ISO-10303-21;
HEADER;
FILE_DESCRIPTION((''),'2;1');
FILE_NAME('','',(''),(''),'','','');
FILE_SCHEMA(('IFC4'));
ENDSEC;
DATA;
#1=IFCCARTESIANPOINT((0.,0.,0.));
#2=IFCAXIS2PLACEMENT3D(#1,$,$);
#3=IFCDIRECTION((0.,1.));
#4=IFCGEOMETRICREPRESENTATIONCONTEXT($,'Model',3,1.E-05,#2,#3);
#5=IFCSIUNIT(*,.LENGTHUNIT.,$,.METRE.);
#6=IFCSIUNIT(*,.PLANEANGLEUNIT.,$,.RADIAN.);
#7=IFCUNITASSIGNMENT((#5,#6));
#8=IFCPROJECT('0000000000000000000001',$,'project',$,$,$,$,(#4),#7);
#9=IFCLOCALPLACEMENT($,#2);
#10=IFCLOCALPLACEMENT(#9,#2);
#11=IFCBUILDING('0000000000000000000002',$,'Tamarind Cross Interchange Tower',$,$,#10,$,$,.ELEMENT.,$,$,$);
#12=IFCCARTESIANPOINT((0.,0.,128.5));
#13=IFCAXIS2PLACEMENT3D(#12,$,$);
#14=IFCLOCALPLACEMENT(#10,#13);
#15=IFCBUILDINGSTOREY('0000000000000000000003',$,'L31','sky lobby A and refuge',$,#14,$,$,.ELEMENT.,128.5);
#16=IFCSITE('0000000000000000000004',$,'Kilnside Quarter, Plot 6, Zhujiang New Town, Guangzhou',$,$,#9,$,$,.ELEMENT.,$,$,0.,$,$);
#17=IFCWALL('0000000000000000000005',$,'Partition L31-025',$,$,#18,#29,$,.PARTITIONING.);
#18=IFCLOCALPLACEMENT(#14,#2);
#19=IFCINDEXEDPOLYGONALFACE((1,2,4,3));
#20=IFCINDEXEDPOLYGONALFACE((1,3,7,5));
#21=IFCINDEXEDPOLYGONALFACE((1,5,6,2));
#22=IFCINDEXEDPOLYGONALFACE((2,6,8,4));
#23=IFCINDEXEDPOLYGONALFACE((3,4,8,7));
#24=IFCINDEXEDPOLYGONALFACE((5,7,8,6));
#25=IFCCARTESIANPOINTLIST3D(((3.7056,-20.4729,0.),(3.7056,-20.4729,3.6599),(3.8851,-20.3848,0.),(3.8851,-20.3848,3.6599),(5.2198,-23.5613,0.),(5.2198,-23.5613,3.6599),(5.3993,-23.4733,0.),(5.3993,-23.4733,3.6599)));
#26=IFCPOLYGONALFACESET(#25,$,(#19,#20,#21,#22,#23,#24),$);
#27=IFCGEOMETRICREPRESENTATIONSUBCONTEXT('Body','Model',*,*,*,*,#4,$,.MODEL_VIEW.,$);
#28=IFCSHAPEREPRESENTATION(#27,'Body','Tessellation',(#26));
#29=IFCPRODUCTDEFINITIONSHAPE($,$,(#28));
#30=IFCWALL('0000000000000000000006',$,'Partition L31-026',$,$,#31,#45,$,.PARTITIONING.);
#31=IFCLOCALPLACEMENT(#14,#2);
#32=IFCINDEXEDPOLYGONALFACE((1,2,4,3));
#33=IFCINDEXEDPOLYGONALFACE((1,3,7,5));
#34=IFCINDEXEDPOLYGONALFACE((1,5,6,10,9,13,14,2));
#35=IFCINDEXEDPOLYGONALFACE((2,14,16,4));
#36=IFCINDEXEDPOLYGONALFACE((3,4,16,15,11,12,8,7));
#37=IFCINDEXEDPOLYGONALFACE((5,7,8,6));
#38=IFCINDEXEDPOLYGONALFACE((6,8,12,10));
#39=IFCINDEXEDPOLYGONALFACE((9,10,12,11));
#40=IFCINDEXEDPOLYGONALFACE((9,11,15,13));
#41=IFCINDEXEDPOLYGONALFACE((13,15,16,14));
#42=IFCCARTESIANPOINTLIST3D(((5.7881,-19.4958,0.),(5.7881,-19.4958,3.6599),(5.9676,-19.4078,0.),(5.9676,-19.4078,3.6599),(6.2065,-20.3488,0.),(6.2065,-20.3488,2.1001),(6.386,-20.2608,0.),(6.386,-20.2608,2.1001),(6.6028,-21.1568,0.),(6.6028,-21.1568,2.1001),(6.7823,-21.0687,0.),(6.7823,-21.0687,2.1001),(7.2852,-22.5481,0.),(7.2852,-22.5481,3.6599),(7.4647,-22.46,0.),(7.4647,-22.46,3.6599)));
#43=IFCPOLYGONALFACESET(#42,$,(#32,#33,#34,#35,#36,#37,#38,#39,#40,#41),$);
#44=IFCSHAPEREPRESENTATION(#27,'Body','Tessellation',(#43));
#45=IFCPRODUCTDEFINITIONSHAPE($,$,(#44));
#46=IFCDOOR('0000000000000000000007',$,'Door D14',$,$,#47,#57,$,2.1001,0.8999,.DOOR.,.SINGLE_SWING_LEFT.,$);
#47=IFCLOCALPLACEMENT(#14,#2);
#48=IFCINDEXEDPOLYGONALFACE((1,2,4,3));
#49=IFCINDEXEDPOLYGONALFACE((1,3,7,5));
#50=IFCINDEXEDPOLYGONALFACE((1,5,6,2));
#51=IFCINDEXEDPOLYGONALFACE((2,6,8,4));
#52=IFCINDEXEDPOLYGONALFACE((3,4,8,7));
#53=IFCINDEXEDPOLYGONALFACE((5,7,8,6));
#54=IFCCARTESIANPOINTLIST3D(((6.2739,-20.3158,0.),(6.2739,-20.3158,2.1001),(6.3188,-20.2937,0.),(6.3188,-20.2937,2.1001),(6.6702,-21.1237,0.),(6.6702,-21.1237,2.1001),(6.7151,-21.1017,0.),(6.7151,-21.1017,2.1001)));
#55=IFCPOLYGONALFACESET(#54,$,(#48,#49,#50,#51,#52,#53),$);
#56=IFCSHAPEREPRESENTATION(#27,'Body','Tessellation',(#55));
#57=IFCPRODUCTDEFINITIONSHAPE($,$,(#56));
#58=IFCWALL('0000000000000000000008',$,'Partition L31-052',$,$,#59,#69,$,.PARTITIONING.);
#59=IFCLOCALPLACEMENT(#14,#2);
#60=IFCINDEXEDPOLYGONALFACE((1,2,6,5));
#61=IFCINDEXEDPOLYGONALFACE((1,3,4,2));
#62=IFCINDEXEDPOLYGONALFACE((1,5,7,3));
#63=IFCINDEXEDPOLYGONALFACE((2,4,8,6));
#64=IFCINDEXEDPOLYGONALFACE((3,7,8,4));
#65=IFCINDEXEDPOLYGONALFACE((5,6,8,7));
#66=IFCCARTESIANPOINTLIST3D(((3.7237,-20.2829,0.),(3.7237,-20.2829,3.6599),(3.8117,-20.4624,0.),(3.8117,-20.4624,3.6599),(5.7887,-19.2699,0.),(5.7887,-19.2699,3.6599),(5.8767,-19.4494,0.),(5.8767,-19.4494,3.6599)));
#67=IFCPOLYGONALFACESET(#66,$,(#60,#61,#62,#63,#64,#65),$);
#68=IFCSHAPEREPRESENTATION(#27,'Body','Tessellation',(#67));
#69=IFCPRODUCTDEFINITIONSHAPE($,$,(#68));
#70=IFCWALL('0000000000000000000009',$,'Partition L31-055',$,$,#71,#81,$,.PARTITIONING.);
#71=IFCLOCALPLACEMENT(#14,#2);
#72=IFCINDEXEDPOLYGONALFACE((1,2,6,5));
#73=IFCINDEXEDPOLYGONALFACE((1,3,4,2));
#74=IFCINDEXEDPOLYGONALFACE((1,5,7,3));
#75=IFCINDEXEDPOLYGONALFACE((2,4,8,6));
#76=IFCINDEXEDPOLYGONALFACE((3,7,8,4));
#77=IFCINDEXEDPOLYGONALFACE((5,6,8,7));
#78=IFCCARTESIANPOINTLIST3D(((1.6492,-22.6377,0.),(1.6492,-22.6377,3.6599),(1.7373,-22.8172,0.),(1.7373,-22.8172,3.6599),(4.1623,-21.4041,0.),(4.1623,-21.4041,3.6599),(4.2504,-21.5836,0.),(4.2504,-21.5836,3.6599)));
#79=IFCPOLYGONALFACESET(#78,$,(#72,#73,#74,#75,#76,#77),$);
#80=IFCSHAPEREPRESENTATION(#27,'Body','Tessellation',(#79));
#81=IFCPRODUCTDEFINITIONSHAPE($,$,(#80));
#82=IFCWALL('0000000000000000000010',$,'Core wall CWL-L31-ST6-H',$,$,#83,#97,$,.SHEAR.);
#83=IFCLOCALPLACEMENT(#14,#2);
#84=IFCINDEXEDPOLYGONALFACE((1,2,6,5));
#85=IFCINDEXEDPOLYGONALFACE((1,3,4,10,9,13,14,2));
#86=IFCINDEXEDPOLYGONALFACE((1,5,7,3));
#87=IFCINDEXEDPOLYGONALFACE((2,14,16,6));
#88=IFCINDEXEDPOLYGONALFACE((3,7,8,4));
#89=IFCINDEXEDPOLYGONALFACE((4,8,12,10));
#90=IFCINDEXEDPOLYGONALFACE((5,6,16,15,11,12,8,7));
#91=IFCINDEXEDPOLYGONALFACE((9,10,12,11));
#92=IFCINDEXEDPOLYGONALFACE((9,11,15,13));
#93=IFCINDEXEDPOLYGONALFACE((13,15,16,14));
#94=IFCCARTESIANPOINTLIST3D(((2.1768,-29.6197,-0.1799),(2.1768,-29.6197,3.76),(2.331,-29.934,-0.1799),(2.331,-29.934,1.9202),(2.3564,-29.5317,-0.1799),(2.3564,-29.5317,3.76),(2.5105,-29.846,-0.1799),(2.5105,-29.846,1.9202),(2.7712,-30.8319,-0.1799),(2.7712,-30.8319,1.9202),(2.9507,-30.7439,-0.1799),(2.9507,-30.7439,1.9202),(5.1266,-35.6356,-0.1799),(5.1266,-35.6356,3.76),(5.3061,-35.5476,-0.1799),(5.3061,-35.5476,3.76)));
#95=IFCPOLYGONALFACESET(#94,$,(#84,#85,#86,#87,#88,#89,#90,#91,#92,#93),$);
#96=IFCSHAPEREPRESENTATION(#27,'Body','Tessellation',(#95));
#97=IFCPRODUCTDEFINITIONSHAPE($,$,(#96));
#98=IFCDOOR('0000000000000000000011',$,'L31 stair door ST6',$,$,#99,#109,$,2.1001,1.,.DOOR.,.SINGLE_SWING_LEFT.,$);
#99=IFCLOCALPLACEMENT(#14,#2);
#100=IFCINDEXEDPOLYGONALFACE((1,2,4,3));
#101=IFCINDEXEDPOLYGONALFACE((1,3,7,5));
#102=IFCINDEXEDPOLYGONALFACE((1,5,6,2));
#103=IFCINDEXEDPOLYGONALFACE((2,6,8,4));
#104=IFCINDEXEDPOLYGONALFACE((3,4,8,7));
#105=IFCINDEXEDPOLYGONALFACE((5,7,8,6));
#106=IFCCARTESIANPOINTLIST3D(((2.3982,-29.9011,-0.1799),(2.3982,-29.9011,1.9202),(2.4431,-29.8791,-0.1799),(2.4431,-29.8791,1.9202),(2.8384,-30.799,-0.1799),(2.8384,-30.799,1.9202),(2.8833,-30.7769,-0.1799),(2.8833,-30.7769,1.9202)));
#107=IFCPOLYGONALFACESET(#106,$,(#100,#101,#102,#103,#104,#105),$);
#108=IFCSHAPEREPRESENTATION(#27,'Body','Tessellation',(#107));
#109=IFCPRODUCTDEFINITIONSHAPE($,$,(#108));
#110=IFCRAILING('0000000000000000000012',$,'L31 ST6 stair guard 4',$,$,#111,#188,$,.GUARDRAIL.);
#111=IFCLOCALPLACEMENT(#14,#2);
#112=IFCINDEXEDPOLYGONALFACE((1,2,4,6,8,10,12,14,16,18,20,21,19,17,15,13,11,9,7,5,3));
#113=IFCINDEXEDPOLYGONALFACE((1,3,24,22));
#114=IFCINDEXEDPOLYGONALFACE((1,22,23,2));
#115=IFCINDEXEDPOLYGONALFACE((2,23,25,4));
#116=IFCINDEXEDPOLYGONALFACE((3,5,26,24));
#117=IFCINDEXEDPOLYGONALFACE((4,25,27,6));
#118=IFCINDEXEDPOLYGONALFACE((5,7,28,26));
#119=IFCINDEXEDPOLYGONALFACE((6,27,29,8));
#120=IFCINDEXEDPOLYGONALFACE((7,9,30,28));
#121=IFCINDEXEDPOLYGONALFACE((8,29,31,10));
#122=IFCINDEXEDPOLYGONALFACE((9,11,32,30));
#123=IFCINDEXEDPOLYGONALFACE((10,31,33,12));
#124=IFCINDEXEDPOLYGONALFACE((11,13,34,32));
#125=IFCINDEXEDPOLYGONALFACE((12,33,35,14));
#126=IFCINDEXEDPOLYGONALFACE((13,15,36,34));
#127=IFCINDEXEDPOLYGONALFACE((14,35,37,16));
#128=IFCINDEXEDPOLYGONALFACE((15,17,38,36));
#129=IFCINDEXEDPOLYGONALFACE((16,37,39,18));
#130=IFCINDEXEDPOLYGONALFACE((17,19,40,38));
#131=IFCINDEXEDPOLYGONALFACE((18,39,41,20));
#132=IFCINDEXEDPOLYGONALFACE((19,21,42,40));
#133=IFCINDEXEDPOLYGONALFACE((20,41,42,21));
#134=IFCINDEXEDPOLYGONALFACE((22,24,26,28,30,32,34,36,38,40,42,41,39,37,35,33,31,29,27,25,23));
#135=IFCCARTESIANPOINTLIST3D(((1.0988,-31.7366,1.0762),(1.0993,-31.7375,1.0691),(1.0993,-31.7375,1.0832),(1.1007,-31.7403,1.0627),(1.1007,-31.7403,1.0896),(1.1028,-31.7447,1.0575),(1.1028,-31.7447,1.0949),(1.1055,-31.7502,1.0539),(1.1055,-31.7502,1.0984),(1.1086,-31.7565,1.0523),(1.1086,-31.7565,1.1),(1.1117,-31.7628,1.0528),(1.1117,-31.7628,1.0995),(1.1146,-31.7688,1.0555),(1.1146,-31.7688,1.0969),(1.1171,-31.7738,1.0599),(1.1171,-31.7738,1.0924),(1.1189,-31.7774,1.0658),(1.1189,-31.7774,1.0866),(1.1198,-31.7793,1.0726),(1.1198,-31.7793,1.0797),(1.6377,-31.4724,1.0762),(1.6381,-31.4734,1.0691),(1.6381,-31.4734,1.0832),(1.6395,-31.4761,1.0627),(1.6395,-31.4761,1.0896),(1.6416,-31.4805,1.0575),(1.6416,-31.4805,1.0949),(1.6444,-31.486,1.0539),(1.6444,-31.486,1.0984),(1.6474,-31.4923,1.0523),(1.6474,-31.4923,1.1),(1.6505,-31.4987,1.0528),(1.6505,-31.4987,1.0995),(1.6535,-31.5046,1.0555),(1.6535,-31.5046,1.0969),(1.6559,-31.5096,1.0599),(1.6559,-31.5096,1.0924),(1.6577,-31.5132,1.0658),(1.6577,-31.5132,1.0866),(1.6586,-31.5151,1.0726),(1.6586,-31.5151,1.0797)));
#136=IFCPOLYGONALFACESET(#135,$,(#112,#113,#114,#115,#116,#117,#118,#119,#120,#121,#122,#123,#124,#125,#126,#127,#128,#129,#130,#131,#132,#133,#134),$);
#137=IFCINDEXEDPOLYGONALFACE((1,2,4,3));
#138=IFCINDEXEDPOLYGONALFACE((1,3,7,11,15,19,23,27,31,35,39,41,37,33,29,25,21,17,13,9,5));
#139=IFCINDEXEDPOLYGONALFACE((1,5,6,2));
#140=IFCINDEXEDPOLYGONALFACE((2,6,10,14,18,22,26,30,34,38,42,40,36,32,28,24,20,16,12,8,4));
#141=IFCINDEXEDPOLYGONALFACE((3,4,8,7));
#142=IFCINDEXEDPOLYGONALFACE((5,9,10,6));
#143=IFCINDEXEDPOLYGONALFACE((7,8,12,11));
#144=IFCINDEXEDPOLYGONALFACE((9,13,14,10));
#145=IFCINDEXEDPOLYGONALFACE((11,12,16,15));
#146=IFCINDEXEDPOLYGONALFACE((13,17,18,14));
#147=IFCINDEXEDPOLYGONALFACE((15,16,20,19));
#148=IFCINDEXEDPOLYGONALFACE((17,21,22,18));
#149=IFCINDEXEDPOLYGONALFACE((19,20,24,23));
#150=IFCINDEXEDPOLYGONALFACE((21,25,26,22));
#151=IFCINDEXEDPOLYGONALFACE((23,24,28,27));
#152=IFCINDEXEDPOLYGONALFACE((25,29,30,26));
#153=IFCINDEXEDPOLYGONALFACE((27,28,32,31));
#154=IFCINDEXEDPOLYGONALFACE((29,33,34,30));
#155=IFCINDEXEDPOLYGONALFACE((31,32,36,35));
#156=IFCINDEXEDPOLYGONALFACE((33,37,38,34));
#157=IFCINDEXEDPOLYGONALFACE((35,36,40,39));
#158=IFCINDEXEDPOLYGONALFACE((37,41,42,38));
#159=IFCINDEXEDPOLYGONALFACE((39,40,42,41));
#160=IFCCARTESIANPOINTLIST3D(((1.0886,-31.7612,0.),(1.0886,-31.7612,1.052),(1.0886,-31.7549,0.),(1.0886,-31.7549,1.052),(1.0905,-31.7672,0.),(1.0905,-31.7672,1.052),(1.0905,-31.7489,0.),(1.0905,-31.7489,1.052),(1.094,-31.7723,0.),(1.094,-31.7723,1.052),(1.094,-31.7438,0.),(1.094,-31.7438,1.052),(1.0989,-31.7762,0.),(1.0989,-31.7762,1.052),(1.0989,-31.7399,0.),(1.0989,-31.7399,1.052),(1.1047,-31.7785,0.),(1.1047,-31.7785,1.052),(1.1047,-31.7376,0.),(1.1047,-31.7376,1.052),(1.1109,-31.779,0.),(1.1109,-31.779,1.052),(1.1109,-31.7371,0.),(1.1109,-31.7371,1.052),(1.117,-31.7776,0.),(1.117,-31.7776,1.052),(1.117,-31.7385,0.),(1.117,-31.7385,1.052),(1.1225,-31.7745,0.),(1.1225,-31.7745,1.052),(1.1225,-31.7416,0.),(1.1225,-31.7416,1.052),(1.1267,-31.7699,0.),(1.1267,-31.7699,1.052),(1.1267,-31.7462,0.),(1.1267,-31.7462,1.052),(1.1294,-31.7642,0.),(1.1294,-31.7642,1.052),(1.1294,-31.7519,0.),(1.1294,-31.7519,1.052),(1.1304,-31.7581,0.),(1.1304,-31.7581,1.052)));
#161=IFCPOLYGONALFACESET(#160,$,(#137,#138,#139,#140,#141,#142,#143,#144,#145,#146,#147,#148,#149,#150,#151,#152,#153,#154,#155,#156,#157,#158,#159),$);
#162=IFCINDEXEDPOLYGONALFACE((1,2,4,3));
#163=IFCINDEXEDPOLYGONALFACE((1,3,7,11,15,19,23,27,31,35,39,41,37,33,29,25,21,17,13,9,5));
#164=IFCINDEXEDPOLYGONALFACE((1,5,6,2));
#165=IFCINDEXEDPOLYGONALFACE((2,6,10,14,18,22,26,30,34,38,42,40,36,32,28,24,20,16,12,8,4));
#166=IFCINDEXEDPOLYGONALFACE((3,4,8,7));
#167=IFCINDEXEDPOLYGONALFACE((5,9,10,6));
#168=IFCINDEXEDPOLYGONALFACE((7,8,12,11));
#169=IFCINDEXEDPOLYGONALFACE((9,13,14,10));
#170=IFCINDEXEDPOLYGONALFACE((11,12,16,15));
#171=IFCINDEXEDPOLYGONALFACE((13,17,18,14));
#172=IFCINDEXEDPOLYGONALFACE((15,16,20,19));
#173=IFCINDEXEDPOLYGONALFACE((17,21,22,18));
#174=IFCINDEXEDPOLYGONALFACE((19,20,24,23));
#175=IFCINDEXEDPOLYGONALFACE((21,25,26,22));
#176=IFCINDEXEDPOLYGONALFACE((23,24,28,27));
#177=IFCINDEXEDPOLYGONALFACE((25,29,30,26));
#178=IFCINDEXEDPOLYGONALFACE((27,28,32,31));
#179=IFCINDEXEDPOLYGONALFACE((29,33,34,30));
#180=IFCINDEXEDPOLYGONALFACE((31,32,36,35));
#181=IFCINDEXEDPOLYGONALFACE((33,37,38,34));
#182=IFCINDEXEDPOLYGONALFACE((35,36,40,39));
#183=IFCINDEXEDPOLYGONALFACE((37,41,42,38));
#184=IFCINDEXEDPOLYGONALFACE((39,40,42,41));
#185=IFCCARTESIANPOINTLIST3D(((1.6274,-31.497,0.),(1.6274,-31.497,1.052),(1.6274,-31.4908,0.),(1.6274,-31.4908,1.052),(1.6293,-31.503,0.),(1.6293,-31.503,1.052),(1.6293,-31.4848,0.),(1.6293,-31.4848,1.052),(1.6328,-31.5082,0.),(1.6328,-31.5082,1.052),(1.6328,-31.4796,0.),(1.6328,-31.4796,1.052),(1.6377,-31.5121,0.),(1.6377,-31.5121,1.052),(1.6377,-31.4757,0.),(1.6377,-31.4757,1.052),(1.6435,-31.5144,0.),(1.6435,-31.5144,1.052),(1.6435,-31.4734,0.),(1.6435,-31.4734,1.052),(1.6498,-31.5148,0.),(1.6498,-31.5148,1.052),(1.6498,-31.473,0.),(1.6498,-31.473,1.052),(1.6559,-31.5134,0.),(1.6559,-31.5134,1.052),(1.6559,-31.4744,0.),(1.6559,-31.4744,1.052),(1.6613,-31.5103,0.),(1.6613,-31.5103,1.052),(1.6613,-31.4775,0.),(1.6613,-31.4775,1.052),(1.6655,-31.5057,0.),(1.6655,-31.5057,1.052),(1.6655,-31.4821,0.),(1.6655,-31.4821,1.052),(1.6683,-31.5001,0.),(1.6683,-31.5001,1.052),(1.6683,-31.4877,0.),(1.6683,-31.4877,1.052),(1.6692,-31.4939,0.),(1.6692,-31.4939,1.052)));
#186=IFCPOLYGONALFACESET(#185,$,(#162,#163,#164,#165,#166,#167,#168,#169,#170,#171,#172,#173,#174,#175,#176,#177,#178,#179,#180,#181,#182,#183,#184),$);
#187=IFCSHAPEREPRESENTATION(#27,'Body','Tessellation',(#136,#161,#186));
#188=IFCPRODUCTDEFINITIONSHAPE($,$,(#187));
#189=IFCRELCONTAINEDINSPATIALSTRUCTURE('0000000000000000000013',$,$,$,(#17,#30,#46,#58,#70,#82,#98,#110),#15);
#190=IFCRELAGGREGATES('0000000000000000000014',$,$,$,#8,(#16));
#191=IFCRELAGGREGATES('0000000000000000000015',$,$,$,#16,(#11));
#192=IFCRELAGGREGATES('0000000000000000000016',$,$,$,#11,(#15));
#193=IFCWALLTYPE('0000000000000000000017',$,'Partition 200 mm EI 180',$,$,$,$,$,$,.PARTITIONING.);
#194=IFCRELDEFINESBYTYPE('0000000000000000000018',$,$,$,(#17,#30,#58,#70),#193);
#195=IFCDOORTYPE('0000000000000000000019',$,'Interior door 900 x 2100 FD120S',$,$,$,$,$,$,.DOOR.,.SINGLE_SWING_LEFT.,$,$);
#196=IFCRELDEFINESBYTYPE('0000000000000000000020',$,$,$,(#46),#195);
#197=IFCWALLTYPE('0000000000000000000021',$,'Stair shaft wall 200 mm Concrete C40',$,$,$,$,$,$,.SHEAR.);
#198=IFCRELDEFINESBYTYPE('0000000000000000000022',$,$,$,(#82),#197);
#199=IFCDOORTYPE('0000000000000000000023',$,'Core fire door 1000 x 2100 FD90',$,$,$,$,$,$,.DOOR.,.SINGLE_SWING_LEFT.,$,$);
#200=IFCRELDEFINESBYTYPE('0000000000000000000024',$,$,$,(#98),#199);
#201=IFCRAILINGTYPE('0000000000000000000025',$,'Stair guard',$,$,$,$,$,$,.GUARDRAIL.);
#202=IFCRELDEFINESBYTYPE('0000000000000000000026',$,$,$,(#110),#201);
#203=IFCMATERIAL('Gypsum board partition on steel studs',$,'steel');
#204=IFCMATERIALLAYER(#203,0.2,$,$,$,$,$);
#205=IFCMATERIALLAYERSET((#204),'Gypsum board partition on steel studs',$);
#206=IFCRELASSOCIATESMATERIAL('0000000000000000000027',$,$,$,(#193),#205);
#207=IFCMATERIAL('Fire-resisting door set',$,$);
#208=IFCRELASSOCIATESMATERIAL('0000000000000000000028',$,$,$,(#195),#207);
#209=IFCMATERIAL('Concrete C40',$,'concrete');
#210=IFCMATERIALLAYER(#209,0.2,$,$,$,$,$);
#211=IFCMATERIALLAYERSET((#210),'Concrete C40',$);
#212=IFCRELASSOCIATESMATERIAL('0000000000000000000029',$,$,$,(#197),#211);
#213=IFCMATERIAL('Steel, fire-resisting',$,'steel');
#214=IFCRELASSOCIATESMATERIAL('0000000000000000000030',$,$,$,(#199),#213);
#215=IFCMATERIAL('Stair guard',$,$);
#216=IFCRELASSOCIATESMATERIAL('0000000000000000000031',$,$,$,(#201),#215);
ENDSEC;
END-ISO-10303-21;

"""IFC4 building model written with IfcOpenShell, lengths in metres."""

from ifc_helpers import new_model, si_unit, direction, frame, frame_2d, origin, origin_2d, place, context, subcontext, project, spatial, rectangle, circle, extrude, material, layer, layer_set, type_object, element, fill, save


model = new_model("IFC4")

# Units and contexts
model_context = context("Model", 3, precision=1e-05, world=origin(), true_north=direction((0.0, 1.0)))
body_context = subcontext(model_context, "Body", "Model", "MODEL_VIEW")
ifc_project = project(units=[si_unit("LENGTHUNIT", "METRE"), si_unit("PLANEANGLEUNIT", "RADIAN")], contexts=[model_context])

# Site, building, storey
site_placement = place(None, origin())
site = spatial("IfcSite", under=ifc_project, at=site_placement, Name="Kilnside Quarter, Plot 6, Zhujiang New Town, Guangzhou", CompositionType="ELEMENT", RefElevation=0.0)
building_placement = place(site_placement, origin())
building = spatial("IfcBuilding", under=site, at=building_placement, Name="Tamarind Cross Interchange Tower", CompositionType="ELEMENT")
storey_placement = place(building_placement, frame((0.0, 0.0, 128.5)))
storey = spatial("IfcBuildingStorey", under=building, at=storey_placement, Name="L31", Description="sky lobby A and refuge", CompositionType="ELEMENT", Elevation=128.5)

# Shared definitions
ifc_material_1 = material(Name="Concrete C40", Category="concrete")
ifc_material_2 = material(Name="Gypsum board partition on steel studs", Category="steel")
ifc_layer_1 = layer(ifc_material_2, 0.2)
ifc_layer_set_1 = layer_set([ifc_layer_1], Name="Gypsum board partition on steel studs")
wall_type_1 = type_object("IfcWallType", Name="Partition 200 mm EI 180", PredefinedType="PARTITIONING", material=ifc_layer_set_1)
ifc_material_3 = material(Name="Fire-resisting door set")

# Wall
wall_1_placement = place(storey_placement, frame((3.7954, -20.429, 0.0), z_axis=(0.0, 0.0, 1.0), x_axis=(0.440216, -0.897892, 0.0)))
element("IfcWall", 1, at=wall_1_placement, inside=storey, type_object=wall_type_1, Name="Partition L31-025", PredefinedType="PARTITIONING", context=body_context, shape_type="SweptSolid", body=[
    extrude(rectangle(XDim=3.4397, YDim=0.2, at=frame_2d((1.7197, 0.0))), origin(), (0.0, 0.0, 1.0), 3.6599),
])

# Wall, opening, door
wall_2_placement = place(storey_placement, frame((5.8779, -19.4519, 0.0), z_axis=(0.0, 0.0, 1.0), x_axis=(0.440364, -0.897819, 0.0)))
wall_2 = element("IfcWall", 2, at=wall_2_placement, inside=storey, type_object=wall_type_1, Name="Partition L31-026", PredefinedType="PARTITIONING", context=body_context, shape_type="SweptSolid", body=[
    extrude(rectangle(XDim=3.3997, YDim=0.2, at=frame_2d((1.6997, 0.0))), origin(), (0.0, 0.0, 1.0), 3.6599),
])
opening_1_placement = place(wall_2_placement, frame((0.95, 0.0, 0.0)))
opening_1 = element("IfcOpeningElement", 3, at=opening_1_placement, cuts=wall_2, PredefinedType="OPENING", context=body_context, shape_type="SweptSolid", body=[
    extrude(rectangle(XDim=0.8999, YDim=2.1001, at=frame_2d((0.45, 1.05))), frame((0.0, 0.1099, 0.0), z_axis=(0.0, -1.0, 0.0), x_axis=(1.0, 0.0, 0.0)), (0.0, 0.0, 1.0), 0.22),
])
door_type_1 = type_object("IfcDoorType", Name="Interior door 900 x 2100 FD120S", OperationType="SINGLE_SWING_LEFT", PredefinedType="DOOR", material=ifc_material_3)
door_1_placement = place(opening_1_placement, frame((0.8999, 0.0, 0.0), z_axis=(0.0, 0.0, 1.0), x_axis=(-1.0, 0.0, 0.0)))
door_1 = element("IfcDoor", 4, at=door_1_placement, inside=storey, type_object=door_type_1, Name="Door D14", OperationType="SINGLE_SWING_LEFT", OverallHeight=2.1001, OverallWidth=0.8999, PredefinedType="DOOR", context=body_context, shape_type="SweptSolid", body=[
    extrude(rectangle(XDim=0.8999, YDim=2.1001, at=frame_2d((0.45, 1.05))), frame((0.0, 0.0249, 0.0), z_axis=(0.0, -1.0, 0.0), x_axis=(1.0, 0.0, 0.0)), (0.0, 0.0, 1.0), 0.05),
])
fill(opening_1, door_1)

# Walls
wall_3_placement = place(storey_placement, frame((3.7678, -20.3726, 0.0), z_axis=(0.0, 0.0, 1.0), x_axis=(0.897798, 0.440407, 0.0)))
element("IfcWall", 5, at=wall_3_placement, inside=storey, type_object=wall_type_1, Name="Partition L31-052", PredefinedType="PARTITIONING", context=body_context, shape_type="SweptSolid", body=[
    extrude(rectangle(XDim=2.3, YDim=0.2, at=frame_2d((1.1499, 0.0))), origin(), (0.0, 0.0, 1.0), 3.6599),
])
wall_4_placement = place(storey_placement, frame((1.6931, -22.7275, 0.0), z_axis=(0.0, 0.0, 1.0), x_axis=(0.897682, 0.440644, 0.0)))
element("IfcWall", 6, at=wall_4_placement, inside=storey, type_object=wall_type_1, Name="Partition L31-055", PredefinedType="PARTITIONING", context=body_context, shape_type="SweptSolid", body=[
    extrude(rectangle(XDim=2.7996, YDim=0.2, at=frame_2d((1.3999, 0.0))), origin(), (0.0, 0.0, 1.0), 3.6599),
])

# Wall, opening, door
ifc_layer_2 = layer(ifc_material_1, 0.2)
ifc_layer_set_2 = layer_set([ifc_layer_2], Name="Concrete C40")
wall_type_2 = type_object("IfcWallType", Name="Stair shaft wall 200 mm Concrete C40", PredefinedType="SHEAR", material=ifc_layer_set_2)
wall_5_placement = place(storey_placement, frame((2.2666, -29.5757, -0.1799), z_axis=(0.0, 0.0, 1.0), x_axis=(0.440248, -0.897876, 0.0)))
wall_5 = element("IfcWall", 7, at=wall_5_placement, inside=storey, type_object=wall_type_2, Name="Core wall CWL-L31-ST6-H", PredefinedType="SHEAR", context=body_context, shape_type="SweptSolid", body=[
    extrude(rectangle(XDim=6.7002, YDim=0.2, at=frame_2d((3.3501, 0.0))), origin(), (0.0, 0.0, 1.0), 3.9399),
])
opening_2_placement = place(wall_5_placement, frame((0.3501, 0.0, 0.0)))
opening_2 = element("IfcOpeningElement", 8, at=opening_2_placement, cuts=wall_5, PredefinedType="OPENING", context=body_context, shape_type="SweptSolid", body=[
    extrude(rectangle(XDim=1.0, YDim=2.1001, at=frame_2d((0.5, 1.05))), frame((0.0, 0.1099, 0.0), z_axis=(0.0, -1.0, 0.0), x_axis=(1.0, 0.0, 0.0)), (0.0, 0.0, 1.0), 0.22),
])
ifc_material_4 = material(Name="Steel, fire-resisting", Category="steel")
door_type_2 = type_object("IfcDoorType", Name="Core fire door 1000 x 2100 FD90", OperationType="SINGLE_SWING_LEFT", PredefinedType="DOOR", material=ifc_material_4)
door_2_placement = place(opening_2_placement, origin())
door_2 = element("IfcDoor", 9, at=door_2_placement, inside=storey, type_object=door_type_2, Name="L31 stair door ST6", OperationType="SINGLE_SWING_LEFT", OverallHeight=2.1001, OverallWidth=1.0, PredefinedType="DOOR", context=body_context, shape_type="SweptSolid", body=[
    extrude(rectangle(XDim=1.0, YDim=2.1001, at=frame_2d((0.5, 1.05))), frame((0.0, 0.0249, 0.0), z_axis=(0.0, -1.0, 0.0), x_axis=(1.0, 0.0, 0.0)), (0.0, 0.0, 1.0), 0.05),
])
fill(opening_2, door_2)

# Railing
ifc_material_5 = material(Name="Stair guard")
railing_type = type_object("IfcRailingType", Name="Stair guard", PredefinedType="GUARDRAIL", material=ifc_material_5)
railing_placement = place(storey_placement, frame((1.1094, -31.7581, 0.0)))
element("IfcRailing", 10, at=railing_placement, inside=storey, type_object=railing_type, Name="L31 ST6 stair guard 4", PredefinedType="GUARDRAIL", context=body_context, shape_type="SweptSolid", body=[
    extrude(circle(Radius=0.0239, at=origin_2d()), frame((0.0, 0.0, 1.0762), z_axis=(0.897899, 0.440202, 0.0), x_axis=(-0.440202, 0.897899, 0.0)), (0.0, 0.0, 1.0), 0.6001),
    extrude(circle(Radius=0.021, at=origin_2d()), origin(), (0.0, 0.0, 1.0), 1.052),
    extrude(circle(Radius=0.021, at=origin_2d()), frame((0.5388, 0.2642, 0.0)), (0.0, 0.0, 1.0), 1.052),
])

save(model, "model.ifc")
